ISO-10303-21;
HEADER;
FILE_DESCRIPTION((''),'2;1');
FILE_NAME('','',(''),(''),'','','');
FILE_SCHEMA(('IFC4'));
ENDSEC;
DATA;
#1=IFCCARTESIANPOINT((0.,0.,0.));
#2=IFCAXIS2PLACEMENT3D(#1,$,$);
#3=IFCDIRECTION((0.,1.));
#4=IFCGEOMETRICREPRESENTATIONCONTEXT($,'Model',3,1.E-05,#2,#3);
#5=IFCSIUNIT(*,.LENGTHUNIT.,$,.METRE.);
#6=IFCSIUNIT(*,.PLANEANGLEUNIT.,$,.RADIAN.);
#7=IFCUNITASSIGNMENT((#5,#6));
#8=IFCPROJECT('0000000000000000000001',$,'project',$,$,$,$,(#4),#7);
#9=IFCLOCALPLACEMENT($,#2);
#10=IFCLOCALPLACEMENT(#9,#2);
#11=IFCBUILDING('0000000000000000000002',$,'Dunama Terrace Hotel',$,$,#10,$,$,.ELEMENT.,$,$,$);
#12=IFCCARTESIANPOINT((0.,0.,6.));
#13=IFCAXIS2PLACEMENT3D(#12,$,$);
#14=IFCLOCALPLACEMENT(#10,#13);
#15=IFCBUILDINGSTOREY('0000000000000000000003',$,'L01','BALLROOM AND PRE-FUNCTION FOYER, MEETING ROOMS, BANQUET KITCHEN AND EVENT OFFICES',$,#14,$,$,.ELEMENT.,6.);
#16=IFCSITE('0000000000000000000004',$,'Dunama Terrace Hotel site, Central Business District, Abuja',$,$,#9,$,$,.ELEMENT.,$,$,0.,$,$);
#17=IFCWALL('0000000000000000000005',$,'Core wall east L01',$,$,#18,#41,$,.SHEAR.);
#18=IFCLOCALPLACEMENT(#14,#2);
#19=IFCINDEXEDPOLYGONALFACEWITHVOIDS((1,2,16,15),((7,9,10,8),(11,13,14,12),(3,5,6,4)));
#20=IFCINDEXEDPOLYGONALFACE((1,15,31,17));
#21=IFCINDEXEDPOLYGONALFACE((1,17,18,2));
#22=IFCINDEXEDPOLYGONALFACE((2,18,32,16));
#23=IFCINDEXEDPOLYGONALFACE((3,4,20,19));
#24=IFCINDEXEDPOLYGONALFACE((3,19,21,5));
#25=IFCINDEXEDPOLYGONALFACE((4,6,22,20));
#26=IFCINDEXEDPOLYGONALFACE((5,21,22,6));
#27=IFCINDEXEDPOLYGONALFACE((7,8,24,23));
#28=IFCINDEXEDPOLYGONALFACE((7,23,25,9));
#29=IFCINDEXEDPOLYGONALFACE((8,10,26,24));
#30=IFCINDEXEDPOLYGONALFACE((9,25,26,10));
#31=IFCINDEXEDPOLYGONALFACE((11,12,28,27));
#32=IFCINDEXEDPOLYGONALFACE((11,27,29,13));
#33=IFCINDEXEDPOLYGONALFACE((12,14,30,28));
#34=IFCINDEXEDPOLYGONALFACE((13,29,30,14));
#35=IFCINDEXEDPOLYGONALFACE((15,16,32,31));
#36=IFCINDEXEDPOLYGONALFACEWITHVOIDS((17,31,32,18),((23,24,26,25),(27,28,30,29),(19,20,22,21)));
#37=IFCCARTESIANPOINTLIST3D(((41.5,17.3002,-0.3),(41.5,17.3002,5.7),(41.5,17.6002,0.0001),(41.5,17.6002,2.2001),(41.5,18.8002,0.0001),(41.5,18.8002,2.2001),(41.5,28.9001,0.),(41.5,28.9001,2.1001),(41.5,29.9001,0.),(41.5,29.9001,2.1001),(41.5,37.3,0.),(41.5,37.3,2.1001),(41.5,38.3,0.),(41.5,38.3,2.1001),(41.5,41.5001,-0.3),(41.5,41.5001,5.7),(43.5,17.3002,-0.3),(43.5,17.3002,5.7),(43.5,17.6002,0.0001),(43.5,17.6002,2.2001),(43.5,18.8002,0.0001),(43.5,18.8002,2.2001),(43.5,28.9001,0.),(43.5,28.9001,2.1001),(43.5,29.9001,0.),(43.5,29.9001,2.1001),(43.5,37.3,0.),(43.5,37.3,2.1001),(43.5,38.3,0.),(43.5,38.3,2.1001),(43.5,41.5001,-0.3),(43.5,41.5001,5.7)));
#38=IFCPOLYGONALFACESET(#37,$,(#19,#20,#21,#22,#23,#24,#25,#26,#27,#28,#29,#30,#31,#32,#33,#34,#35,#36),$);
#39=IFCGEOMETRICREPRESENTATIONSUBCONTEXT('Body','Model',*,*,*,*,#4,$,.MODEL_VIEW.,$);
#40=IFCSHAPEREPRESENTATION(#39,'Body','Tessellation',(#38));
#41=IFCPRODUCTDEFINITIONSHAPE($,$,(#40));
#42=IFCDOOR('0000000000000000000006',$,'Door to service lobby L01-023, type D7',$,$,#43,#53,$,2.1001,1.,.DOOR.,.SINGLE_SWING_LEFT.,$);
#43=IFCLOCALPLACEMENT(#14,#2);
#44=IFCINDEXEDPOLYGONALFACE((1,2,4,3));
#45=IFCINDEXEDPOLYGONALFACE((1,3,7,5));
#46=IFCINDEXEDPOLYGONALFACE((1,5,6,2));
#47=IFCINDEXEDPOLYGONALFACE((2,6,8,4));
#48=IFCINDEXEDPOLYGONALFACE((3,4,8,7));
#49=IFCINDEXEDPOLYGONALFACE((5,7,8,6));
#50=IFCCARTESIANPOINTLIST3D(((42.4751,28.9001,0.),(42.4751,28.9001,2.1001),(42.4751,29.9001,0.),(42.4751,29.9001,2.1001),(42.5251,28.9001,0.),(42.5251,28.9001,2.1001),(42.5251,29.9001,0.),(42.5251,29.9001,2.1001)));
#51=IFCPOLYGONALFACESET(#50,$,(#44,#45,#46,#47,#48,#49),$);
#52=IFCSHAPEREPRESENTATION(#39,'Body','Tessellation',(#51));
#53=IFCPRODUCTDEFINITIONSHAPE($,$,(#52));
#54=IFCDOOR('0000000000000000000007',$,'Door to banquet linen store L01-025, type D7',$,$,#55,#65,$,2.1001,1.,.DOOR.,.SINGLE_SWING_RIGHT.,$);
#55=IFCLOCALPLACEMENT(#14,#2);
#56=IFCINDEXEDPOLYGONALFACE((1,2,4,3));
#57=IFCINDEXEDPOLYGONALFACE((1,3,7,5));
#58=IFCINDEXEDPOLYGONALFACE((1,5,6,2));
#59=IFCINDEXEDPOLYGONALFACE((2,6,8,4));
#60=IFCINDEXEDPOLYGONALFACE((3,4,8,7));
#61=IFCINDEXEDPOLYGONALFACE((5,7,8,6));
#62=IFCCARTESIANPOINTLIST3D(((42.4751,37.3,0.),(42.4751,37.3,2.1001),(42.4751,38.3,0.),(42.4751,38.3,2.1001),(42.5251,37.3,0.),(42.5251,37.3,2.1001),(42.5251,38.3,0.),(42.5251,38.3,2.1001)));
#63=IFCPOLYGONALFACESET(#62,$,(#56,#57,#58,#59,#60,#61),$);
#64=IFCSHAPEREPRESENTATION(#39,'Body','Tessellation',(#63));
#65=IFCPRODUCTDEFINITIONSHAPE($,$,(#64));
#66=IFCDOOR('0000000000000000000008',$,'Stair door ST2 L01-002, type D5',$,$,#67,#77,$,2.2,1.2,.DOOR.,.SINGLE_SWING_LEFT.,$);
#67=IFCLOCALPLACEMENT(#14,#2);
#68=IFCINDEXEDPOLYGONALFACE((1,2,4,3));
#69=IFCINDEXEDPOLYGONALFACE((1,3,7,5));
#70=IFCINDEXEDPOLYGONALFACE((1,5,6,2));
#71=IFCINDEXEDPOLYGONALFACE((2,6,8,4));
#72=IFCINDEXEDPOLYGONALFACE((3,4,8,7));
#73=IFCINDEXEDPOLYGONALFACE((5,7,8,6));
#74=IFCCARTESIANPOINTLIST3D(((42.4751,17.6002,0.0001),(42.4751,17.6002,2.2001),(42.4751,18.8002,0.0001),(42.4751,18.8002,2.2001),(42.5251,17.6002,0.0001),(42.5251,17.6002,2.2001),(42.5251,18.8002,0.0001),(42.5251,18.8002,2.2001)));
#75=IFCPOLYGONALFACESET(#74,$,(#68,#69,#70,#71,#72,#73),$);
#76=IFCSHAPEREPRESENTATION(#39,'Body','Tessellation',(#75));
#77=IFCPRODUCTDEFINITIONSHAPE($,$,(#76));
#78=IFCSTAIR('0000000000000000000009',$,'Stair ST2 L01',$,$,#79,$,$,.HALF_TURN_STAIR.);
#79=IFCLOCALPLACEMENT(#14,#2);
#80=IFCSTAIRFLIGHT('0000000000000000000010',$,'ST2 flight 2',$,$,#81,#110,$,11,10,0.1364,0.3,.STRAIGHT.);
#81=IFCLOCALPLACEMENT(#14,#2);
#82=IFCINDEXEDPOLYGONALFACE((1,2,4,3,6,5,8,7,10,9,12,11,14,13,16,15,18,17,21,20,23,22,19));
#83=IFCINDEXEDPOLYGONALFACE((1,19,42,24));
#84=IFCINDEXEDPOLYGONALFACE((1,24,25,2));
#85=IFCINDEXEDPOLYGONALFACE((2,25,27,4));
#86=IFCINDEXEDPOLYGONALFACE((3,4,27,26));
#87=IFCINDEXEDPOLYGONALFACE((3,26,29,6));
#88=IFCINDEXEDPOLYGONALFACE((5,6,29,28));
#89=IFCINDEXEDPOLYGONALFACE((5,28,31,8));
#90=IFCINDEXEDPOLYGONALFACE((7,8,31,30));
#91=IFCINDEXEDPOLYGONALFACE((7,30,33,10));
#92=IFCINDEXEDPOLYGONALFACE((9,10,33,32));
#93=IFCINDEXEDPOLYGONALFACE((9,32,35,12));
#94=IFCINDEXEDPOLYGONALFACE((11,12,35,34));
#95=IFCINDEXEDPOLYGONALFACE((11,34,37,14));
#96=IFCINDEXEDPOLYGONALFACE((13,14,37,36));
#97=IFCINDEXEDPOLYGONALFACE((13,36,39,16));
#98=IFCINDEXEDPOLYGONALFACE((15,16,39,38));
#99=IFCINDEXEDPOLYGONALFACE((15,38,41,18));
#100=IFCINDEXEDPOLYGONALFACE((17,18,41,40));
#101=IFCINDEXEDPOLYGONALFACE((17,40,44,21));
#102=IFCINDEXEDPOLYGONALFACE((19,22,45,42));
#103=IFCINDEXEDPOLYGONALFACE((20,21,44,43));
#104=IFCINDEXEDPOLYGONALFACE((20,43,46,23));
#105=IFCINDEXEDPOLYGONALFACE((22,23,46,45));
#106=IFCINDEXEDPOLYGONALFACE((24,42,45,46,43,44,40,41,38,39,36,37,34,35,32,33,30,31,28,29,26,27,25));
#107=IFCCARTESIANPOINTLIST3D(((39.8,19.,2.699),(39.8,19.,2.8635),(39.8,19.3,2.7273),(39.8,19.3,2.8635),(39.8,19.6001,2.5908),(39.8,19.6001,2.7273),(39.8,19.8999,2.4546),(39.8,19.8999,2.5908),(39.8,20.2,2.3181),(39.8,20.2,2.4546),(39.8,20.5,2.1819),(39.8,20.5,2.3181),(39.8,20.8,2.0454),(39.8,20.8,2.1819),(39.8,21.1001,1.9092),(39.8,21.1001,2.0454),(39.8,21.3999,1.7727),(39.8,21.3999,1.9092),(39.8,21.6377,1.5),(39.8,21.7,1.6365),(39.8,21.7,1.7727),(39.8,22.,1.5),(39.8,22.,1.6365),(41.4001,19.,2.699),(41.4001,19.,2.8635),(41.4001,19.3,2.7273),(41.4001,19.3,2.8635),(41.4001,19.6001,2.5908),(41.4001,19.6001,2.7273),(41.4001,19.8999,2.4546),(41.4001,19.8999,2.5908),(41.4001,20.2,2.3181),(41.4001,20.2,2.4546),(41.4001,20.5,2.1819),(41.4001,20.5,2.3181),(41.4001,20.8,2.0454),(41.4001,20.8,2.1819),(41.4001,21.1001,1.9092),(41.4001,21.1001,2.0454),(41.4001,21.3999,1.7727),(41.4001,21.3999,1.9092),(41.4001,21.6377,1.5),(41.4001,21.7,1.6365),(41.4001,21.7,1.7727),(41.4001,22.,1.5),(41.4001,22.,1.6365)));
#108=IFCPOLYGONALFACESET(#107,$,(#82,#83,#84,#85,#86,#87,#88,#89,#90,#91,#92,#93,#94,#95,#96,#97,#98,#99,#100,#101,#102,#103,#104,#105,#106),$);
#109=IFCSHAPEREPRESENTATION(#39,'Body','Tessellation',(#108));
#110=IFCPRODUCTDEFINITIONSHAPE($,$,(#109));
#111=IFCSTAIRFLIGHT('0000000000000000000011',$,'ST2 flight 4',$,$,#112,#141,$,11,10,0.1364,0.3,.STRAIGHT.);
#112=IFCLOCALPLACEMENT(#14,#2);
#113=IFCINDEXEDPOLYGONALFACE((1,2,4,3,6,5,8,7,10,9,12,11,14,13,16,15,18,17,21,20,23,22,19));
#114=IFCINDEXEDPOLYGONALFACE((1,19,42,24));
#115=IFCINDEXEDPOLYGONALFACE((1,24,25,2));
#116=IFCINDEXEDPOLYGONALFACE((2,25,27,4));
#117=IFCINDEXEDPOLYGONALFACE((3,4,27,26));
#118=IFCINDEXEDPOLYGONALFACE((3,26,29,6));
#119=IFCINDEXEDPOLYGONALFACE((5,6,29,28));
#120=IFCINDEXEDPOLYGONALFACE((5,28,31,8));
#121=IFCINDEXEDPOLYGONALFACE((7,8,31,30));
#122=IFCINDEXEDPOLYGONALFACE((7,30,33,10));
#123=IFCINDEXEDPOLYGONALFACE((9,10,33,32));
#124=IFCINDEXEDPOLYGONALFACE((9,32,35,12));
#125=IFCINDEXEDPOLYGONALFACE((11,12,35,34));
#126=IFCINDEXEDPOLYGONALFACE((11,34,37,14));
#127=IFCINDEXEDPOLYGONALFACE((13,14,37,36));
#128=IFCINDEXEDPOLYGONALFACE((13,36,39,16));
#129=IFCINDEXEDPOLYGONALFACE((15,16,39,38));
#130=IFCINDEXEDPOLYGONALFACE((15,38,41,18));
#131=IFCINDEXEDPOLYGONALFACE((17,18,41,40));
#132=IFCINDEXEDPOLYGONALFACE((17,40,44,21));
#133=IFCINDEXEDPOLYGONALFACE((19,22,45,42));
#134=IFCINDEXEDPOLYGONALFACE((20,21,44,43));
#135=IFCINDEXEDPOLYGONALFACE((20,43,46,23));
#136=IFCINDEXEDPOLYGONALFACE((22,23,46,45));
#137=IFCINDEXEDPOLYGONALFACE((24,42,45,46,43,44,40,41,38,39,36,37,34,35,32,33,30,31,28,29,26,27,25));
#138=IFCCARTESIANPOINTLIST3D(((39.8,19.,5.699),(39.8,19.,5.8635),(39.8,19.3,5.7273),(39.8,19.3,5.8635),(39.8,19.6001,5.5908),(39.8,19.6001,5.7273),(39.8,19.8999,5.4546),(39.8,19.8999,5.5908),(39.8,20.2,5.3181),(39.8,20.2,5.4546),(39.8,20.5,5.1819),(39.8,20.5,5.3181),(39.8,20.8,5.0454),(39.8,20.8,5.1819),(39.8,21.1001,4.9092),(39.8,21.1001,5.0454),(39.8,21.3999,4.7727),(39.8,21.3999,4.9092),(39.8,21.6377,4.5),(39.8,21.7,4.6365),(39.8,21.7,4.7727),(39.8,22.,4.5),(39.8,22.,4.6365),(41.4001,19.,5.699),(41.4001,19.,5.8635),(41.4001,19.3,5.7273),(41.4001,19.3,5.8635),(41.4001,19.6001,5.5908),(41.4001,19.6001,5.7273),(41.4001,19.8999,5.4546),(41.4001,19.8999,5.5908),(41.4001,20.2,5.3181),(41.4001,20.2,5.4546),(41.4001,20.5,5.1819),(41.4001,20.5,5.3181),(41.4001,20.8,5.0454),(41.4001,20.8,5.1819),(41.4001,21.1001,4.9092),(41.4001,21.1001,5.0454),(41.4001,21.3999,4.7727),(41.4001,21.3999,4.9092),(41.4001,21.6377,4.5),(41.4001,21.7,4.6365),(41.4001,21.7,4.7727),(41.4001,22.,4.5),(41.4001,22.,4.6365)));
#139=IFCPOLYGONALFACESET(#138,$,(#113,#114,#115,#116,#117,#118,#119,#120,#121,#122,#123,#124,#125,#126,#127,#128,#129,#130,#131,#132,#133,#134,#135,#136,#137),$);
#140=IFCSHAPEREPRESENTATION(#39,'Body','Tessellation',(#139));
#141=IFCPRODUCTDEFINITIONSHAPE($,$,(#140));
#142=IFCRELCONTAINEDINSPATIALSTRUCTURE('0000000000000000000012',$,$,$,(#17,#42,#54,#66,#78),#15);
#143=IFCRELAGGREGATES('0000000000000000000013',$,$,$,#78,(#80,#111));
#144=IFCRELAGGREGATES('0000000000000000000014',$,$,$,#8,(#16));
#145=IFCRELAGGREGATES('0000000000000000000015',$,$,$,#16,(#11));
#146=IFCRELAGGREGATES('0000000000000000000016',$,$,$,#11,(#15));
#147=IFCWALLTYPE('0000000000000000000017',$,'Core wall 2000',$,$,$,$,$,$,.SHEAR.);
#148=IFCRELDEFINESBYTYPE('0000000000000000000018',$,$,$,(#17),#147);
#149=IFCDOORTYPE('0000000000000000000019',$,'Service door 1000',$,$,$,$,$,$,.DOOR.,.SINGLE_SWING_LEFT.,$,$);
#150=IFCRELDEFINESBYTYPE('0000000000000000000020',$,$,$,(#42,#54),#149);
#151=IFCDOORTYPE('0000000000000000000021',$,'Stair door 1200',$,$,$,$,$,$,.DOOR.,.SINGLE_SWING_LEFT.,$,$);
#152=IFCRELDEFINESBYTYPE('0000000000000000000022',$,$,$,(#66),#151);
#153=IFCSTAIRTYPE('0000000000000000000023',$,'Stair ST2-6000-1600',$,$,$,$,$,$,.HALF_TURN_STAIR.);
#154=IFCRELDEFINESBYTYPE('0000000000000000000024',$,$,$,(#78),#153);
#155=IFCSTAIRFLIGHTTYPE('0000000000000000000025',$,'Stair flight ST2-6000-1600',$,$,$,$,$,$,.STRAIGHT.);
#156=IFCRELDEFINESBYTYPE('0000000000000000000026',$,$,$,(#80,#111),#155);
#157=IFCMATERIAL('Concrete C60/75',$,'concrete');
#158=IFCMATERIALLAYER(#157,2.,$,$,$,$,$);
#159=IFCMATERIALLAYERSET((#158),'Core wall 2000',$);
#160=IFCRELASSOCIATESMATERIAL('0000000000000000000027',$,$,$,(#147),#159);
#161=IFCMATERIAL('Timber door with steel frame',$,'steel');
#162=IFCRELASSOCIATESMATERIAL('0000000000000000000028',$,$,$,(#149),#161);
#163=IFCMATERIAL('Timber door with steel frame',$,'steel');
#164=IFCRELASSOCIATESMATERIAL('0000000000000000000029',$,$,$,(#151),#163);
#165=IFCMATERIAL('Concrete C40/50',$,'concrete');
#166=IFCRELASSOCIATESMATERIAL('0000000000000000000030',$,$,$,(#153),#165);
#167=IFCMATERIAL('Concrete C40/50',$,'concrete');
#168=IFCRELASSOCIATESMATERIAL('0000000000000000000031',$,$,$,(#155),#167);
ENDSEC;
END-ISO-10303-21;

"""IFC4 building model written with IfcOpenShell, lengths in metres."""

from ifc_helpers import new_model, si_unit, direction, frame, frame_2d, origin, place, context, subcontext, project, spatial, polyline, rectangle, outline, extrude, material, layer, layer_set, type_object, element, fill, aggregate, save


model = new_model("IFC4")

# Units and contexts
model_context = context("Model", 3, precision=1e-05, world=origin(), true_north=direction((0.0, 1.0)))
body_context = subcontext(model_context, "Body", "Model", "MODEL_VIEW")
ifc_project = project(units=[si_unit("LENGTHUNIT", "METRE"), si_unit("PLANEANGLEUNIT", "RADIAN")], contexts=[model_context])

# Site, building, storey
site_placement = place(None, origin())
site = spatial("IfcSite", under=ifc_project, at=site_placement, Name="Dunama Terrace Hotel site, Central Business District, Abuja", CompositionType="ELEMENT", RefElevation=0.0)
building_placement = place(site_placement, origin())
building = spatial("IfcBuilding", under=site, at=building_placement, Name="Dunama Terrace Hotel", CompositionType="ELEMENT")
storey_placement = place(building_placement, frame((0.0, 0.0, 6.0)))
storey = spatial("IfcBuildingStorey", under=building, at=storey_placement, Name="L01", Description="BALLROOM AND PRE-FUNCTION FOYER, MEETING ROOMS, BANQUET KITCHEN AND EVENT OFFICES", CompositionType="ELEMENT", Elevation=6.0)

# Wall, openings, doors
ifc_material_1 = material(Name="Concrete C60/75", Category="concrete")
ifc_layer_1 = layer(ifc_material_1, 2.0)
ifc_layer_set_1 = layer_set([ifc_layer_1], Name="Core wall 2000")
wall_type = type_object("IfcWallType", Name="Core wall 2000", PredefinedType="SHEAR", material=ifc_layer_set_1)
wall_placement = place(storey_placement, frame((42.5, 17.3, -0.3), z_axis=(0.0, 0.0, 1.0), x_axis=(0.0, 1.0, 0.0)))
wall = element("IfcWall", 1, at=wall_placement, inside=storey, type_object=wall_type, Name="Core wall east L01", PredefinedType="SHEAR", context=body_context, shape_type="SweptSolid", body=[
    extrude(rectangle(XDim=24.2, YDim=2.0, at=frame_2d((12.1001, 0.0))), origin(), (0.0, 0.0, 1.0), 6.0),
])
opening_1_placement = place(wall_placement, frame((0.3, 0.0, 0.3)))
opening_1 = element("IfcOpeningElement", 2, at=opening_1_placement, cuts=wall, PredefinedType="OPENING", context=body_context, shape_type="SweptSolid", body=[
    extrude(rectangle(XDim=1.2, YDim=2.2, at=frame_2d((0.6001, 1.1001))), frame((0.0, 1.01, 0.0), z_axis=(0.0, -1.0, 0.0), x_axis=(1.0, 0.0, 0.0)), (0.0, 0.0, 1.0), 2.02),
])
opening_2_placement = place(wall_placement, frame((11.6001, 0.0, 0.3)))
opening_2 = element("IfcOpeningElement", 3, at=opening_2_placement, cuts=wall, PredefinedType="OPENING", context=body_context, shape_type="SweptSolid", body=[
    extrude(rectangle(XDim=1.0, YDim=2.1001, at=frame_2d((0.5, 1.05))), frame((0.0, 1.01, 0.0), z_axis=(0.0, -1.0, 0.0), x_axis=(1.0, 0.0, 0.0)), (0.0, 0.0, 1.0), 2.02),
])
opening_3_placement = place(wall_placement, frame((20.0, 0.0, 0.3)))
opening_3 = element("IfcOpeningElement", 4, at=opening_3_placement, cuts=wall, PredefinedType="OPENING", context=body_context, shape_type="SweptSolid", body=[
    extrude(rectangle(XDim=1.0, YDim=2.1001, at=frame_2d((0.5, 1.05))), frame((0.0, 1.01, 0.0), z_axis=(0.0, -1.0, 0.0), x_axis=(1.0, 0.0, 0.0)), (0.0, 0.0, 1.0), 2.02),
])
ifc_material_2 = material(Name="Timber door with steel frame", Category="steel")
door_type_1 = type_object("IfcDoorType", Name="Service door 1000", OperationType="SINGLE_SWING_LEFT", PredefinedType="DOOR", material=ifc_material_2)
door_1_placement = place(opening_2_placement, origin())
door_1 = element("IfcDoor", 5, at=door_1_placement, inside=storey, type_object=door_type_1, Name="Door to service lobby L01-023, type D7", OperationType="SINGLE_SWING_LEFT", OverallHeight=2.1001, OverallWidth=1.0, PredefinedType="DOOR", context=body_context, shape_type="SweptSolid", body=[
    extrude(rectangle(XDim=1.0, YDim=2.1001, at=frame_2d((0.5, 1.05))), frame((0.0, 0.0249, 0.0), z_axis=(0.0, -1.0, 0.0), x_axis=(1.0, 0.0, 0.0)), (0.0, 0.0, 1.0), 0.05),
])
fill(opening_2, door_1)
door_2_placement = place(opening_3_placement, origin())
door_2 = element("IfcDoor", 6, at=door_2_placement, inside=storey, type_object=door_type_1, Name="Door to banquet linen store L01-025, type D7", OperationType="SINGLE_SWING_RIGHT", OverallHeight=2.1001, OverallWidth=1.0, PredefinedType="DOOR", context=body_context, shape_type="SweptSolid", body=[
    extrude(rectangle(XDim=1.0, YDim=2.1001, at=frame_2d((0.5, 1.05))), frame((0.0, 0.0249, 0.0), z_axis=(0.0, -1.0, 0.0), x_axis=(1.0, 0.0, 0.0)), (0.0, 0.0, 1.0), 0.05),
])
fill(opening_3, door_2)
ifc_material_3 = material(Name="Timber door with steel frame", Category="steel")
door_type_2 = type_object("IfcDoorType", Name="Stair door 1200", OperationType="SINGLE_SWING_LEFT", PredefinedType="DOOR", material=ifc_material_3)
door_3_placement = place(opening_1_placement, origin())
door_3 = element("IfcDoor", 7, at=door_3_placement, inside=storey, type_object=door_type_2, Name="Stair door ST2 L01-002, type D5", OperationType="SINGLE_SWING_LEFT", OverallHeight=2.2, OverallWidth=1.2, PredefinedType="DOOR", context=body_context, shape_type="SweptSolid", body=[
    extrude(rectangle(XDim=1.2, YDim=2.2, at=frame_2d((0.6001, 1.1001))), frame((0.0, 0.0249, 0.0), z_axis=(0.0, -1.0, 0.0), x_axis=(1.0, 0.0, 0.0)), (0.0, 0.0, 1.0), 0.05),
])
fill(opening_1, door_3)

# Stair, stair flights
ifc_material_4 = material(Name="Concrete C40/50", Category="concrete")
stair_type = type_object("IfcStairType", Name="Stair ST2-6000-1600", PredefinedType="HALF_TURN_STAIR", material=ifc_material_4)
stair_placement = place(storey_placement, origin())
stair = element("IfcStair", 8, at=stair_placement, inside=storey, type_object=stair_type, Name="Stair ST2 L01", PredefinedType="HALF_TURN_STAIR")
ifc_material_5 = material(Name="Concrete C40/50", Category="concrete")
stair_flight_type = type_object("IfcStairFlightType", Name="Stair flight ST2-6000-1600", PredefinedType="STRAIGHT", material=ifc_material_5)
stair_flight_1_placement = place(storey_placement, frame((40.6001, 22.0, 1.5), z_axis=(0.0, 0.0, 1.0), x_axis=(0.0, -1.0, 0.0)))
stair_flight_1 = element("IfcStairFlight", 9, at=stair_flight_1_placement, type_object=stair_flight_type, Name="ST2 flight 2", NumberOfRisers=11, NumberOfTreads=10, PredefinedType="STRAIGHT", RiserHeight=0.1364, TreadLength=0.3, context=body_context, shape_type="SweptSolid", body=[
    extrude(outline(polyline([(0.0, 0.0), (0.0, 0.1365), (0.3, 0.1365), (0.3, 0.2727), (0.6001, 0.2727), (0.6001, 0.4092), (0.8999, 0.4092), (0.8999, 0.5454), (1.2, 0.5454), (1.2, 0.6819), (1.5, 0.6819), (1.5, 0.8181), (1.8, 0.8181), (1.8, 0.9546), (2.1001, 0.9546), (2.1001, 1.0908), (2.3999, 1.0908), (2.3999, 1.2273), (2.7, 1.2273), (2.7, 1.3635), (3.0, 1.3635), (3.0, 1.5), (3.0, 1.199), (0.3623, 0.0), (0.0, 0.0)])), frame((0.0, 0.8, 0.0), z_axis=(0.0, -1.0, 0.0), x_axis=(1.0, 0.0, 0.0)), (0.0, 0.0, 1.0), 1.6001),
])
stair_flight_2_placement = place(storey_placement, frame((40.6001, 22.0, 4.5), z_axis=(0.0, 0.0, 1.0), x_axis=(0.0, -1.0, 0.0)))
stair_flight_2 = element("IfcStairFlight", 10, at=stair_flight_2_placement, type_object=stair_flight_type, Name="ST2 flight 4", NumberOfRisers=11, NumberOfTreads=10, PredefinedType="STRAIGHT", RiserHeight=0.1364, TreadLength=0.3, context=body_context, shape_type="SweptSolid", body=[
    extrude(outline(polyline([(0.0, 0.0), (0.0, 0.1365), (0.3, 0.1365), (0.3, 0.2727), (0.6001, 0.2727), (0.6001, 0.4092), (0.8999, 0.4092), (0.8999, 0.5454), (1.2, 0.5454), (1.2, 0.6819), (1.5, 0.6819), (1.5, 0.8181), (1.8, 0.8181), (1.8, 0.9546), (2.1001, 0.9546), (2.1001, 1.0908), (2.3999, 1.0908), (2.3999, 1.2273), (2.7, 1.2273), (2.7, 1.3635), (3.0, 1.3635), (3.0, 1.5), (3.0, 1.199), (0.3623, 0.0), (0.0, 0.0)])), frame((0.0, 0.8, 0.0), z_axis=(0.0, -1.0, 0.0), x_axis=(1.0, 0.0, 0.0)), (0.0, 0.0, 1.0), 1.6001),
])
aggregate(stair, [stair_flight_1, stair_flight_2])

save(model, "model.ifc")
